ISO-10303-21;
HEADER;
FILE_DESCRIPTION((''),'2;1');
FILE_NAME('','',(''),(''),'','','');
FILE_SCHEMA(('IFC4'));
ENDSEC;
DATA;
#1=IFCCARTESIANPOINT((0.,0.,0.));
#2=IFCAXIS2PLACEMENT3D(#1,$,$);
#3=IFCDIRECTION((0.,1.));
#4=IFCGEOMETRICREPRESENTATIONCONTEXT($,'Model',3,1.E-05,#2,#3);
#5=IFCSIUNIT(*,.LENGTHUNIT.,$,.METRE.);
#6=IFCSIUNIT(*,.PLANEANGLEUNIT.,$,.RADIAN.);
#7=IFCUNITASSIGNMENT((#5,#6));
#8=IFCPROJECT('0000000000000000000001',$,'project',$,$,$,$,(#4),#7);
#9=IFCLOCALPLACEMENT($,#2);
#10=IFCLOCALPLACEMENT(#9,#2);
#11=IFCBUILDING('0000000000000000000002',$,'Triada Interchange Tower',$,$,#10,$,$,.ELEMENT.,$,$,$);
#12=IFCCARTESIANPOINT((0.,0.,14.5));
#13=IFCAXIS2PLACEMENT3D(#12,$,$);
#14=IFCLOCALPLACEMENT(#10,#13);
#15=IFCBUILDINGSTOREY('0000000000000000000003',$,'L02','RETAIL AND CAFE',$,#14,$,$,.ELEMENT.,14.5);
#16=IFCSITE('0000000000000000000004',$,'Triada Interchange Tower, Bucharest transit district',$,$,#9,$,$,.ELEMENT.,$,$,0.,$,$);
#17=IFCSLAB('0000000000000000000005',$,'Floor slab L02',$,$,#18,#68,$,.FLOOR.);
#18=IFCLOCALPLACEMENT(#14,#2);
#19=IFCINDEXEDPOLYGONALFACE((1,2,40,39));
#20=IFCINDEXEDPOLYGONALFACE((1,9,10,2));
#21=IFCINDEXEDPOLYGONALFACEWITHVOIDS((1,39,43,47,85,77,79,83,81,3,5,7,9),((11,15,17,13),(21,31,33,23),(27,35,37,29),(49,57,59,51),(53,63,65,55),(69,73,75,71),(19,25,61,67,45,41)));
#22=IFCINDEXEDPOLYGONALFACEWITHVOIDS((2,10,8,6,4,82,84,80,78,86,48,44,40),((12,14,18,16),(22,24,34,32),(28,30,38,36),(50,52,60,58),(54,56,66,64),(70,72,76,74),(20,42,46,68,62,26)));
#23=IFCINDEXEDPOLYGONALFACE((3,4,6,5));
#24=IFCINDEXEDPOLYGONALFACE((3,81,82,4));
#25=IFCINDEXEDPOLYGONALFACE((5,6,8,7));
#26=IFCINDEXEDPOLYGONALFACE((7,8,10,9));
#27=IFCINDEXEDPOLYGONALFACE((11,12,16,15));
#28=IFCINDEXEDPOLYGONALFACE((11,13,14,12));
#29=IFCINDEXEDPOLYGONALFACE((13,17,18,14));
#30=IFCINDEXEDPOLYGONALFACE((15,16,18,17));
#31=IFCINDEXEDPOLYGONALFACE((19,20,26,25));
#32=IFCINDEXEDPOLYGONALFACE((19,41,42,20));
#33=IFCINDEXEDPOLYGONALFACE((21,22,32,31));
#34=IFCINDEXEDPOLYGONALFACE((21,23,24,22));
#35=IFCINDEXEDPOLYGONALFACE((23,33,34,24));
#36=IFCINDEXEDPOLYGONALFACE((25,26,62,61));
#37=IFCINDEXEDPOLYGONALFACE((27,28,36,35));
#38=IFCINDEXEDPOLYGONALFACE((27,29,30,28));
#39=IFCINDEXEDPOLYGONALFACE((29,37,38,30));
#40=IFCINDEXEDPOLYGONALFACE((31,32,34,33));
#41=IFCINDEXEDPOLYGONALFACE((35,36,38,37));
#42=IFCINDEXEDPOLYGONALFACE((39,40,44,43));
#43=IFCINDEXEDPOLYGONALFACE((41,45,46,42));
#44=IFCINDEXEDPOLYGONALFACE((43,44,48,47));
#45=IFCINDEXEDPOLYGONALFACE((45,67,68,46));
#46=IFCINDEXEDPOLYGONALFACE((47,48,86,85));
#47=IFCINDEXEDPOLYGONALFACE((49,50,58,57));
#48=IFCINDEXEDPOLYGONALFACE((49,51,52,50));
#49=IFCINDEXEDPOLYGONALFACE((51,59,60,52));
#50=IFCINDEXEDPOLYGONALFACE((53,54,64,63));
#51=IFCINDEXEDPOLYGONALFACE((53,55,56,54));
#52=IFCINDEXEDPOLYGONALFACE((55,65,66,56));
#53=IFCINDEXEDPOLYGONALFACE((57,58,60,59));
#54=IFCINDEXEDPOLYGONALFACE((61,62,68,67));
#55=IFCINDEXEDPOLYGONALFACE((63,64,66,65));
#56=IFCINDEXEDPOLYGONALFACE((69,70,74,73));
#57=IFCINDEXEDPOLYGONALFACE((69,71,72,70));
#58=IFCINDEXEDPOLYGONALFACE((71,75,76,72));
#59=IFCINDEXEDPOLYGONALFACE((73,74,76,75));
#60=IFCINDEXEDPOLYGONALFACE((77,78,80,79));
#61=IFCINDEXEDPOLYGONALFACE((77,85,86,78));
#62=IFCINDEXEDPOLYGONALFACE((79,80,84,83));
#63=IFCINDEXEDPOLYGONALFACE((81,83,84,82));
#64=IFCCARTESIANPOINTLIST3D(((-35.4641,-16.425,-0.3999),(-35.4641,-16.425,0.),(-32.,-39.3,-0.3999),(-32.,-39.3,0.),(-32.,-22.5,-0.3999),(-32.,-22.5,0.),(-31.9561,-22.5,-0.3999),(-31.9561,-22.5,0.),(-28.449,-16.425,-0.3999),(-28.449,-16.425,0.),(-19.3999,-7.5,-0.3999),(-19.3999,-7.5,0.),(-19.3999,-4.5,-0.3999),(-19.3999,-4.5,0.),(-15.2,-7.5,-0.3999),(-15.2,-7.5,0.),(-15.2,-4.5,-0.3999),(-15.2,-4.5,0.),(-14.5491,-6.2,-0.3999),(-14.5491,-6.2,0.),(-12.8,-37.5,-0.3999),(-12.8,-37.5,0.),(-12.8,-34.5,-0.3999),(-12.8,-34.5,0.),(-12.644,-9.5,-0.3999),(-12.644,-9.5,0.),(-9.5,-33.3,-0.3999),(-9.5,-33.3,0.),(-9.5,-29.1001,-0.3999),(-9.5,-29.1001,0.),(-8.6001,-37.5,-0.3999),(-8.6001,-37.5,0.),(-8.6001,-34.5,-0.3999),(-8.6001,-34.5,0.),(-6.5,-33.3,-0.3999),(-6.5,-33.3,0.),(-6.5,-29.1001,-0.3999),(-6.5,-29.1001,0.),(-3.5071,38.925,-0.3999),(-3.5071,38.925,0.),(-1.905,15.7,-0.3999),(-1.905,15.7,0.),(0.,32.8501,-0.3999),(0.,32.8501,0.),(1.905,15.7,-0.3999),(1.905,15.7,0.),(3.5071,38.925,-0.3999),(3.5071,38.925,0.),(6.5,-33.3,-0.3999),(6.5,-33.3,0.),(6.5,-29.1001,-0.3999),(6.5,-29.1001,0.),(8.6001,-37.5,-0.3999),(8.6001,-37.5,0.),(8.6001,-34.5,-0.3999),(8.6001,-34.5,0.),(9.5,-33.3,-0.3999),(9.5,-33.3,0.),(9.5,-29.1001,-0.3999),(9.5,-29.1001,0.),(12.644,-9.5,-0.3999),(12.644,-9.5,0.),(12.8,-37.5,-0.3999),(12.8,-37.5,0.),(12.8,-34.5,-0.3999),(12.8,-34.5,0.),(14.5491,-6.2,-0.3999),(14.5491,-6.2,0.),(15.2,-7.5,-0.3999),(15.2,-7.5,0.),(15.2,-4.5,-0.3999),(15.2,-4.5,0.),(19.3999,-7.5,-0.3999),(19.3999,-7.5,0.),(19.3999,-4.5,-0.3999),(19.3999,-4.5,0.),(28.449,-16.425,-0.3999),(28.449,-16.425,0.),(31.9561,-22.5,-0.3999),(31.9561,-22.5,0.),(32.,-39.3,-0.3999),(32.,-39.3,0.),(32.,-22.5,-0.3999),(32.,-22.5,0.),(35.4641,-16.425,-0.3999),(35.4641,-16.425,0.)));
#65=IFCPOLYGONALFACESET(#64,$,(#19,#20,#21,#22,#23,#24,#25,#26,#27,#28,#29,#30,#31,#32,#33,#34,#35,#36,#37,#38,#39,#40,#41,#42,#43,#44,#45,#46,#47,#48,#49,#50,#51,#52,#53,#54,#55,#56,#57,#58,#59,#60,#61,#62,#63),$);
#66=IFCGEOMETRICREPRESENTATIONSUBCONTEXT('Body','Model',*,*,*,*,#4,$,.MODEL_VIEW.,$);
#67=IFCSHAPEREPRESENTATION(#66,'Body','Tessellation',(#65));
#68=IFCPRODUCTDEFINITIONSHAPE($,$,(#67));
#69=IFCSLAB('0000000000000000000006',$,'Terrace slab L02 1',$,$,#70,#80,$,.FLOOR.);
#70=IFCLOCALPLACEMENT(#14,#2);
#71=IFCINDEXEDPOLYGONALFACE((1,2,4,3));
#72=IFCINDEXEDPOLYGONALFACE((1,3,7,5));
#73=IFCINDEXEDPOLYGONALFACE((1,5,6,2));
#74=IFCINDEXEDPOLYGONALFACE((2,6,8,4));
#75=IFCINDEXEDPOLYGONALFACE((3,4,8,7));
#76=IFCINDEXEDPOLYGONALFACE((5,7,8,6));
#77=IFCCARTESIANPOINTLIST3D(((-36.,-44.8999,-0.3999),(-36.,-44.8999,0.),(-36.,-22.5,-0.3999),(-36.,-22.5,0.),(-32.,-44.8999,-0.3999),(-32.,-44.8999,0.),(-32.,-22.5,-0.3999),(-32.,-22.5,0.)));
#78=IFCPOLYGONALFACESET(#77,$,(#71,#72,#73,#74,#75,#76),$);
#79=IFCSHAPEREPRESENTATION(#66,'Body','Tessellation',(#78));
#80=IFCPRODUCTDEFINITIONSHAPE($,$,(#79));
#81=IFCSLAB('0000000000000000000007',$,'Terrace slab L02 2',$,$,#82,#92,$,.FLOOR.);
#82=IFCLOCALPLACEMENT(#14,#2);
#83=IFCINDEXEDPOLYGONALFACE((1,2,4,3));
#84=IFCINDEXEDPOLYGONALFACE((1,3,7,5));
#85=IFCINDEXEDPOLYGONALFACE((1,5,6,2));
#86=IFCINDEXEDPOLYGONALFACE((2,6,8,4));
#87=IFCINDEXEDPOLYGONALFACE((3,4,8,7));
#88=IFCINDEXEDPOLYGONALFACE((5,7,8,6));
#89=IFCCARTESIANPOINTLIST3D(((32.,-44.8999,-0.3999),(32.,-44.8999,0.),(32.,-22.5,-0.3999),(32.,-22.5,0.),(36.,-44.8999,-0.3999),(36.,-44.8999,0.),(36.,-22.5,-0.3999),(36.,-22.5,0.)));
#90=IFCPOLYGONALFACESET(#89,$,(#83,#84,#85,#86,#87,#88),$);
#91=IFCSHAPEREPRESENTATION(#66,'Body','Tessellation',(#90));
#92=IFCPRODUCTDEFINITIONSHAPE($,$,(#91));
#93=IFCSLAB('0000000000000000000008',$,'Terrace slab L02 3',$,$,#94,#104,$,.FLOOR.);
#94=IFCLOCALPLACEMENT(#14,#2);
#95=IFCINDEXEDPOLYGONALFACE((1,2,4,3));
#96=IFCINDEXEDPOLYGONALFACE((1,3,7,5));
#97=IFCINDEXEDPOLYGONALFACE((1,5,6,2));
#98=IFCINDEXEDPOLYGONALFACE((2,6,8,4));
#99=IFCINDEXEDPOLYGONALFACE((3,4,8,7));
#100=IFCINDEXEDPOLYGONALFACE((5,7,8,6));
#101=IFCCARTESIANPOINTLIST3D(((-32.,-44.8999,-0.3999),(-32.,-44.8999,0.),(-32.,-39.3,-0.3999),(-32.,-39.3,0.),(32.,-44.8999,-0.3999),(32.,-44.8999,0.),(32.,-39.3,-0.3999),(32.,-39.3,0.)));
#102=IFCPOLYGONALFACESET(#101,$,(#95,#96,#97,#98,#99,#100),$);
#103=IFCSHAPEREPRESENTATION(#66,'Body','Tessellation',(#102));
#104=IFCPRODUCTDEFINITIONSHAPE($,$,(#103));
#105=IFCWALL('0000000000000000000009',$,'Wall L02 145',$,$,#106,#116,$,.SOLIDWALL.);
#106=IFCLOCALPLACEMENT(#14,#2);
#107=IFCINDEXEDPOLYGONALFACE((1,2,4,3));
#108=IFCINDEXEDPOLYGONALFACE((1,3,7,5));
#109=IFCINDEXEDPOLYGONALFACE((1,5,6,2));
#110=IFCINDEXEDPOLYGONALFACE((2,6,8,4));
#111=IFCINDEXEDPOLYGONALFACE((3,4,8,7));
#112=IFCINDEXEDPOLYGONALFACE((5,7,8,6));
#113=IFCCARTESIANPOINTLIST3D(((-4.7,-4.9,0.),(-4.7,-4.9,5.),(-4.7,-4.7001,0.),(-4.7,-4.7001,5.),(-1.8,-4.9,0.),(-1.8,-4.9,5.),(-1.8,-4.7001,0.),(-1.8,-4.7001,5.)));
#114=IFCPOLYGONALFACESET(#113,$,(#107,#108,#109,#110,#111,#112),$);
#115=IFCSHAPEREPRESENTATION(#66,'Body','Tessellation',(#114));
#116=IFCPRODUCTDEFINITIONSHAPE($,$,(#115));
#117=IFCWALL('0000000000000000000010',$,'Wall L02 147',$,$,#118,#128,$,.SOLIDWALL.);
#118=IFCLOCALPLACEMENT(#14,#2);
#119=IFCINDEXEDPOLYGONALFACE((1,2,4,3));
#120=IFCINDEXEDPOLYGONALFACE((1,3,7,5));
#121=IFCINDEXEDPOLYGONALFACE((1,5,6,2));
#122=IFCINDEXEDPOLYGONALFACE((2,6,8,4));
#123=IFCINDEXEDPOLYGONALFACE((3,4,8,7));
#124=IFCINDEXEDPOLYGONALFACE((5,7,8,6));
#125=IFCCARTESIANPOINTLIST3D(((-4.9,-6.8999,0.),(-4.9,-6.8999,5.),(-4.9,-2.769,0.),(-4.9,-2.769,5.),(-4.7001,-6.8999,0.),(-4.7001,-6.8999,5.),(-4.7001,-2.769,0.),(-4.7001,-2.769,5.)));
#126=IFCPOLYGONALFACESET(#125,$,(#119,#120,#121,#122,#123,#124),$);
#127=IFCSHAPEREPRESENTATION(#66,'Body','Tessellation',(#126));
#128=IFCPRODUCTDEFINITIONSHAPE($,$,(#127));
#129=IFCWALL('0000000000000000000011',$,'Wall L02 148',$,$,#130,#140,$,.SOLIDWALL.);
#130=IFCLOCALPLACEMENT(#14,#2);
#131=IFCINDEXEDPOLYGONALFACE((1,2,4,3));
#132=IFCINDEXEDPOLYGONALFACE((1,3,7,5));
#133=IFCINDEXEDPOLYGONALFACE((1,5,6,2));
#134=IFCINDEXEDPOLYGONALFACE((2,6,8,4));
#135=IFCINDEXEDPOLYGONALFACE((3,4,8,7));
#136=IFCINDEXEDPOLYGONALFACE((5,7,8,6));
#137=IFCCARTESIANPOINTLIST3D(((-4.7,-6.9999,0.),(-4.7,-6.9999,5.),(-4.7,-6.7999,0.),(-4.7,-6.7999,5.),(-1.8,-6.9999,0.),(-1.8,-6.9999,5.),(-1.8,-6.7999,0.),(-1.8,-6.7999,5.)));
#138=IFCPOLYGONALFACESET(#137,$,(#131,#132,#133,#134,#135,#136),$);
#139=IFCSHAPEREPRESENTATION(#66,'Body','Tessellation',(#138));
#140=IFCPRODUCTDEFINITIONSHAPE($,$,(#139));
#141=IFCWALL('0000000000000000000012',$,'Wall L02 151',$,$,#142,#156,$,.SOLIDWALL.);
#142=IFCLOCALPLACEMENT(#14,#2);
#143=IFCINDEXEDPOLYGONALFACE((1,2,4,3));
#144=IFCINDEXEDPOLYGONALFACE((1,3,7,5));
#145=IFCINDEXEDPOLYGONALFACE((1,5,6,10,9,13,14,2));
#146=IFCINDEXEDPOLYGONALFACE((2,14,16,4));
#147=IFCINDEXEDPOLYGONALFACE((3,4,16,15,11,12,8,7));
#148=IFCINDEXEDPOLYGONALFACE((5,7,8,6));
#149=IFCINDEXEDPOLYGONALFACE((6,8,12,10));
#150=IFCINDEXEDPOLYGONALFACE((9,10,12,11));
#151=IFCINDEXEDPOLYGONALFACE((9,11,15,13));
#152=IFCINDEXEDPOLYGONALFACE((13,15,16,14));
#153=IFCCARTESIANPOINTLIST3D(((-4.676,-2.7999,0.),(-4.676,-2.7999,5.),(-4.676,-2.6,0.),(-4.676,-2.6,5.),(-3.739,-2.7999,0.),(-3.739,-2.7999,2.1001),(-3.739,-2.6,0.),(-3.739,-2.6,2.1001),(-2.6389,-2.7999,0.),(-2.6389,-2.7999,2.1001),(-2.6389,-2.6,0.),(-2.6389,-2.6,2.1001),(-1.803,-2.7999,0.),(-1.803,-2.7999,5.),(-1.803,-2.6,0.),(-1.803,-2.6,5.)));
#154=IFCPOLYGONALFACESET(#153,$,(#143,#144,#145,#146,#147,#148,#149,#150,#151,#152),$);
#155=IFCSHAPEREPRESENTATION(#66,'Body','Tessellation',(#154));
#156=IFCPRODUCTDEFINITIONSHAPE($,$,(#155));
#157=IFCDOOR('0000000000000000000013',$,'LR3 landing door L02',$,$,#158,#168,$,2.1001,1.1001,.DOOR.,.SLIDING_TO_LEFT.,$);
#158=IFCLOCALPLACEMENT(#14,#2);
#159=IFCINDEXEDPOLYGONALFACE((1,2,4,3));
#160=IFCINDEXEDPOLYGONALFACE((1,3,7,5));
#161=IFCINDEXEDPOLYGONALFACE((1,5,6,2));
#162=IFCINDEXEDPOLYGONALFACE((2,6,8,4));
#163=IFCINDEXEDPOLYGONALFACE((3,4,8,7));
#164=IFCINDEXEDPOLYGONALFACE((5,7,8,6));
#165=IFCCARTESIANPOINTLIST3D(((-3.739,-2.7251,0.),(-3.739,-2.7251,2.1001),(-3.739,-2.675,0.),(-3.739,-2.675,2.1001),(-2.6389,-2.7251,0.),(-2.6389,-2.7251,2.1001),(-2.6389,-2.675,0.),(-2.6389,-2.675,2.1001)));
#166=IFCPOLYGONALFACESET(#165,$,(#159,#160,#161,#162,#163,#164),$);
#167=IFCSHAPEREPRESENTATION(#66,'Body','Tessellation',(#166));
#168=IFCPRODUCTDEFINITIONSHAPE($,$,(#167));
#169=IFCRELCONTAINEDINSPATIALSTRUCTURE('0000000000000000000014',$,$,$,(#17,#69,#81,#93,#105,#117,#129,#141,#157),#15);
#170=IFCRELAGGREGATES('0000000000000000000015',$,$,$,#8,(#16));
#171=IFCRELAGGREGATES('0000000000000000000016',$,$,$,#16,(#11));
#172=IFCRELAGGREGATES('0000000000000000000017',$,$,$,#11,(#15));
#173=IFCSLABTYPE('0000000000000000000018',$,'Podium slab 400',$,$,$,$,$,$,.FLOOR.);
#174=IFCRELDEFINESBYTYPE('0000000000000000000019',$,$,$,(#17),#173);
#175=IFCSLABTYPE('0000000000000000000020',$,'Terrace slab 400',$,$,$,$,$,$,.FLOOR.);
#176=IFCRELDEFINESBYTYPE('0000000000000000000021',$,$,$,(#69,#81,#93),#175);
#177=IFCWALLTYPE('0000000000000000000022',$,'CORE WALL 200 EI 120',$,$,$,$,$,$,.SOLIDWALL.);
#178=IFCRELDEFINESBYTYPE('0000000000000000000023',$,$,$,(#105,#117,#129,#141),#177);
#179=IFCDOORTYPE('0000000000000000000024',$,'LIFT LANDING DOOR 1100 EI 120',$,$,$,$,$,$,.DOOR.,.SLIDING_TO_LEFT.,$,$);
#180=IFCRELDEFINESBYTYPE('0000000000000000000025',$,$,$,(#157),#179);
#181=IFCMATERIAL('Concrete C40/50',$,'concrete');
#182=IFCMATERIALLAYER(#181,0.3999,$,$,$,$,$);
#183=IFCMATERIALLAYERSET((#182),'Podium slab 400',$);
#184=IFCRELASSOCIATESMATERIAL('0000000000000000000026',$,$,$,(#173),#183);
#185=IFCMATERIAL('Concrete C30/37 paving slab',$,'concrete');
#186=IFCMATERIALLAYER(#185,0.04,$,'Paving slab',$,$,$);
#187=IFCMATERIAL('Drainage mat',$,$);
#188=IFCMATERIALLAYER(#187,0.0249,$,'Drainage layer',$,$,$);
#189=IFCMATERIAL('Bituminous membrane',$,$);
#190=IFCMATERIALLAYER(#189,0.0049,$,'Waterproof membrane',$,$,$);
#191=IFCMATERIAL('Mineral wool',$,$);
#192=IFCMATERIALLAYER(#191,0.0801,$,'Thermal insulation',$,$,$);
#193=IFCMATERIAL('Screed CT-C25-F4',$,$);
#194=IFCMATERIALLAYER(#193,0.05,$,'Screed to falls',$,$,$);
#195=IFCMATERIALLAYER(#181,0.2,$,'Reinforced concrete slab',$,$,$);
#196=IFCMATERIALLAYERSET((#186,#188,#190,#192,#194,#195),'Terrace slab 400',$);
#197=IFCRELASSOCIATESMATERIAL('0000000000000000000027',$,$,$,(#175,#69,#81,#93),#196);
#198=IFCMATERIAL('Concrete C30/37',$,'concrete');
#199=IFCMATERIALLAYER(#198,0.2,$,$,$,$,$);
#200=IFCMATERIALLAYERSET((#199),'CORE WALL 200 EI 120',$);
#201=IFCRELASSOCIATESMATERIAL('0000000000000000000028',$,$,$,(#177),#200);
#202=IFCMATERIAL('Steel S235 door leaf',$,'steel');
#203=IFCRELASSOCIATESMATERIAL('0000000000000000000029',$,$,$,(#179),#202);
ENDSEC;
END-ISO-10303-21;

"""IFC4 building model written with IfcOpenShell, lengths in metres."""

from ifc_helpers import new_model, si_unit, direction, frame, frame_2d, origin, place, context, subcontext, project, spatial, polyline, rectangle, outline, extrude, material, layer, layer_set, layer_usage, type_object, element, fill, save


model = new_model("IFC4")

# Units and contexts
model_context = context("Model", 3, precision=1e-05, world=origin(), true_north=direction((0.0, 1.0)))
body_context = subcontext(model_context, "Body", "Model", "MODEL_VIEW")
ifc_project = project(units=[si_unit("LENGTHUNIT", "METRE"), si_unit("PLANEANGLEUNIT", "RADIAN")], contexts=[model_context])

# Site, building, storey
site_placement = place(None, origin())
site = spatial("IfcSite", under=ifc_project, at=site_placement, Name="Triada Interchange Tower, Bucharest transit district", CompositionType="ELEMENT", RefElevation=0.0)
building_placement = place(site_placement, origin())
building = spatial("IfcBuilding", under=site, at=building_placement, Name="Triada Interchange Tower", CompositionType="ELEMENT")
storey_placement = place(building_placement, frame((0.0, 0.0, 14.5)))
storey = spatial("IfcBuildingStorey", under=building, at=storey_placement, Name="L02", Description="RETAIL AND CAFE", CompositionType="ELEMENT", Elevation=14.5)

# Slabs
ifc_material_1 = material(Name="Concrete C40/50", Category="concrete")
ifc_layer_1 = layer(ifc_material_1, 0.3999)
ifc_layer_set_1 = layer_set([ifc_layer_1], Name="Podium slab 400")
slab_type_1 = type_object("IfcSlabType", Name="Podium slab 400", PredefinedType="FLOOR", material=ifc_layer_set_1)
slab_1_placement = place(storey_placement, frame((0.0, 0.0, -0.3999)))
element("IfcSlab", 1, at=slab_1_placement, inside=storey, type_object=slab_type_1, Name="Floor slab L02", PredefinedType="FLOOR", context=body_context, shape_type="SweptSolid", body=[
    extrude(outline(polyline([(-32.0, -39.3), (32.0, -39.3), (32.0, -22.5), (31.9561, -22.5), (28.449, -16.425), (35.4641, -16.425), (3.5071, 38.925), (0.0, 32.8501), (-3.5071, 38.925), (-35.4641, -16.425), (-28.449, -16.425), (-31.9561, -22.5), (-32.0, -22.5), (-32.0, -39.3)]), holes=[polyline([(-8.6001, -34.5), (-8.6001, -37.5), (-12.8, -37.5), (-12.8, -34.5), (-8.6001, -34.5)]), polyline([(8.6001, -34.5), (12.8, -34.5), (12.8, -37.5), (8.6001, -37.5), (8.6001, -34.5)]), polyline([(-6.5, -29.1001), (-6.5, -33.3), (-9.5, -33.3), (-9.5, -29.1001), (-6.5, -29.1001)]), polyline([(9.5, -29.1001), (9.5, -33.3), (6.5, -33.3), (6.5, -29.1001), (9.5, -29.1001)]), polyline([(-19.3999, -4.5), (-15.2, -4.5), (-15.2, -7.5), (-19.3999, -7.5), (-19.3999, -4.5)]), polyline([(19.3999, -7.5), (15.2, -7.5), (15.2, -4.5), (19.3999, -4.5), (19.3999, -7.5)]), polyline([(-12.644, -9.5), (-14.5491, -6.2), (-1.905, 15.7), (1.905, 15.7), (14.5491, -6.2), (12.644, -9.5), (-12.644, -9.5)])]), origin(), (0.0, 0.0, 1.0), 0.3999),
])
ifc_material_2 = material(Name="Concrete C30/37 paving slab", Category="concrete")
ifc_layer_2 = layer(ifc_material_2, 0.04, Name="Paving slab")
ifc_material_3 = material(Name="Drainage mat")
ifc_layer_3 = layer(ifc_material_3, 0.0249, Name="Drainage layer")
ifc_material_4 = material(Name="Bituminous membrane")
ifc_layer_4 = layer(ifc_material_4, 0.0049, Name="Waterproof membrane")
ifc_material_5 = material(Name="Mineral wool")
ifc_layer_5 = layer(ifc_material_5, 0.0801, Name="Thermal insulation")
ifc_material_6 = material(Name="Screed CT-C25-F4")
ifc_layer_6 = layer(ifc_material_6, 0.05, Name="Screed to falls")
ifc_layer_7 = layer(ifc_material_1, 0.2, Name="Reinforced concrete slab")
ifc_layer_set_2 = layer_set([ifc_layer_2, ifc_layer_3, ifc_layer_4, ifc_layer_5, ifc_layer_6, ifc_layer_7], Name="Terrace slab 400")
ifc_layer_usage = layer_usage(ifc_layer_set_2, "AXIS3", "POSITIVE", 0.0)
slab_type_2 = type_object("IfcSlabType", Name="Terrace slab 400", PredefinedType="FLOOR", material=ifc_layer_set_2)
slab_2_placement = place(storey_placement, frame((0.0, 0.0, -0.3999)))
element("IfcSlab", 2, at=slab_2_placement, inside=storey, type_object=slab_type_2, material=ifc_layer_usage, Name="Terrace slab L02 1", PredefinedType="FLOOR", context=body_context, shape_type="SweptSolid", body=[
    extrude(outline(polyline([(-36.0, -44.8999), (-32.0, -44.8999), (-32.0, -22.5), (-36.0, -22.5), (-36.0, -44.8999)])), origin(), (0.0, 0.0, 1.0), 0.3999),
])
slab_3_placement = place(storey_placement, frame((0.0, 0.0, -0.3999)))
element("IfcSlab", 3, at=slab_3_placement, inside=storey, type_object=slab_type_2, material=ifc_layer_usage, Name="Terrace slab L02 2", PredefinedType="FLOOR", context=body_context, shape_type="SweptSolid", body=[
    extrude(outline(polyline([(32.0, -44.8999), (36.0, -44.8999), (36.0, -22.5), (32.0, -22.5), (32.0, -44.8999)])), origin(), (0.0, 0.0, 1.0), 0.3999),
])
slab_4_placement = place(storey_placement, frame((0.0, 0.0, -0.3999)))
element("IfcSlab", 4, at=slab_4_placement, inside=storey, type_object=slab_type_2, material=ifc_layer_usage, Name="Terrace slab L02 3", PredefinedType="FLOOR", context=body_context, shape_type="SweptSolid", body=[
    extrude(outline(polyline([(-32.0, -44.8999), (32.0, -44.8999), (32.0, -39.3), (-32.0, -39.3), (-32.0, -44.8999)])), origin(), (0.0, 0.0, 1.0), 0.3999),
])

# Walls
ifc_material_7 = material(Name="Concrete C30/37", Category="concrete")
ifc_layer_8 = layer(ifc_material_7, 0.2)
ifc_layer_set_3 = layer_set([ifc_layer_8], Name="CORE WALL 200 EI 120")
wall_type_1 = type_object("IfcWallType", Name="CORE WALL 200 EI 120", PredefinedType="SOLIDWALL", material=ifc_layer_set_3)
wall_1_placement = place(storey_placement, frame((-4.7, -4.8, 0.0), z_axis=(0.0, 0.0, 1.0), x_axis=(1.0, 0.0, 0.0)))
element("IfcWall", 5, at=wall_1_placement, inside=storey, type_object=wall_type_1, Name="Wall L02 145", PredefinedType="SOLIDWALL", context=body_context, shape_type="SweptSolid", body=[
    extrude(rectangle(XDim=2.8999, YDim=0.2, at=frame_2d((1.45, 0.0))), origin(), (0.0, 0.0, 1.0), 5.0),
])
wall_2_placement = place(storey_placement, frame((-4.8, -6.8999, 0.0), z_axis=(0.0, 0.0, 1.0), x_axis=(0.0, 1.0, 0.0)))
element("IfcWall", 6, at=wall_2_placement, inside=storey, type_object=wall_type_1, Name="Wall L02 147", PredefinedType="SOLIDWALL", context=body_context, shape_type="SweptSolid", body=[
    extrude(rectangle(XDim=4.1309, YDim=0.2, at=frame_2d((2.0654, 0.0))), origin(), (0.0, 0.0, 1.0), 5.0),
])
wall_3_placement = place(storey_placement, frame((-4.7, -6.8999, 0.0), z_axis=(0.0, 0.0, 1.0), x_axis=(1.0, 0.0, 0.0)))
element("IfcWall", 7, at=wall_3_placement, inside=storey, type_object=wall_type_1, Name="Wall L02 148", PredefinedType="SOLIDWALL", context=body_context, shape_type="SweptSolid", body=[
    extrude(rectangle(XDim=2.8999, YDim=0.2, at=frame_2d((1.45, 0.0))), origin(), (0.0, 0.0, 1.0), 5.0),
])

# Wall, opening, door
wall_4_placement = place(storey_placement, frame((-4.676, -2.7, 0.0), z_axis=(0.0, 0.0, 1.0), x_axis=(1.0, 0.0, 0.0)))
wall_4 = element("IfcWall", 8, at=wall_4_placement, inside=storey, type_object=wall_type_1, Name="Wall L02 151", PredefinedType="SOLIDWALL", context=body_context, shape_type="SweptSolid", body=[
    extrude(rectangle(XDim=2.873, YDim=0.2, at=frame_2d((1.4365, 0.0))), origin(), (0.0, 0.0, 1.0), 5.0),
])
opening_1_placement = place(wall_4_placement, frame((0.937, 0.0, 0.0)))
opening_1 = element("IfcOpeningElement", 9, at=opening_1_placement, cuts=wall_4, PredefinedType="OPENING", context=body_context, shape_type="SweptSolid", body=[
    extrude(rectangle(XDim=1.1001, YDim=2.1001, at=frame_2d((0.55, 1.05))), frame((0.0, 0.1099, 0.0), z_axis=(0.0, -1.0, 0.0), x_axis=(1.0, 0.0, 0.0)), (0.0, 0.0, 1.0), 0.22),
])
ifc_material_8 = material(Name="Steel S235 door leaf", Category="steel")
door_type = type_object("IfcDoorType", Name="LIFT LANDING DOOR 1100 EI 120", OperationType="SLIDING_TO_LEFT", PredefinedType="DOOR", material=ifc_material_8)
door_1_placement = place(opening_1_placement, origin())
door_1 = element("IfcDoor", 10, at=door_1_placement, inside=storey, type_object=door_type, Name="LR3 landing door L02", OperationType="SLIDING_TO_LEFT", OverallHeight=2.1001, OverallWidth=1.1001, PredefinedType="DOOR", context=body_context, shape_type="SweptSolid", body=[
    extrude(rectangle(XDim=1.1001, YDim=2.1001, at=frame_2d((0.55, 1.05))), frame((0.0, 0.0249, 0.0), z_axis=(0.0, -1.0, 0.0), x_axis=(1.0, 0.0, 0.0)), (0.0, 0.0, 1.0), 0.05),
])
fill(opening_1, door_1)

save(model, "model.ifc")
